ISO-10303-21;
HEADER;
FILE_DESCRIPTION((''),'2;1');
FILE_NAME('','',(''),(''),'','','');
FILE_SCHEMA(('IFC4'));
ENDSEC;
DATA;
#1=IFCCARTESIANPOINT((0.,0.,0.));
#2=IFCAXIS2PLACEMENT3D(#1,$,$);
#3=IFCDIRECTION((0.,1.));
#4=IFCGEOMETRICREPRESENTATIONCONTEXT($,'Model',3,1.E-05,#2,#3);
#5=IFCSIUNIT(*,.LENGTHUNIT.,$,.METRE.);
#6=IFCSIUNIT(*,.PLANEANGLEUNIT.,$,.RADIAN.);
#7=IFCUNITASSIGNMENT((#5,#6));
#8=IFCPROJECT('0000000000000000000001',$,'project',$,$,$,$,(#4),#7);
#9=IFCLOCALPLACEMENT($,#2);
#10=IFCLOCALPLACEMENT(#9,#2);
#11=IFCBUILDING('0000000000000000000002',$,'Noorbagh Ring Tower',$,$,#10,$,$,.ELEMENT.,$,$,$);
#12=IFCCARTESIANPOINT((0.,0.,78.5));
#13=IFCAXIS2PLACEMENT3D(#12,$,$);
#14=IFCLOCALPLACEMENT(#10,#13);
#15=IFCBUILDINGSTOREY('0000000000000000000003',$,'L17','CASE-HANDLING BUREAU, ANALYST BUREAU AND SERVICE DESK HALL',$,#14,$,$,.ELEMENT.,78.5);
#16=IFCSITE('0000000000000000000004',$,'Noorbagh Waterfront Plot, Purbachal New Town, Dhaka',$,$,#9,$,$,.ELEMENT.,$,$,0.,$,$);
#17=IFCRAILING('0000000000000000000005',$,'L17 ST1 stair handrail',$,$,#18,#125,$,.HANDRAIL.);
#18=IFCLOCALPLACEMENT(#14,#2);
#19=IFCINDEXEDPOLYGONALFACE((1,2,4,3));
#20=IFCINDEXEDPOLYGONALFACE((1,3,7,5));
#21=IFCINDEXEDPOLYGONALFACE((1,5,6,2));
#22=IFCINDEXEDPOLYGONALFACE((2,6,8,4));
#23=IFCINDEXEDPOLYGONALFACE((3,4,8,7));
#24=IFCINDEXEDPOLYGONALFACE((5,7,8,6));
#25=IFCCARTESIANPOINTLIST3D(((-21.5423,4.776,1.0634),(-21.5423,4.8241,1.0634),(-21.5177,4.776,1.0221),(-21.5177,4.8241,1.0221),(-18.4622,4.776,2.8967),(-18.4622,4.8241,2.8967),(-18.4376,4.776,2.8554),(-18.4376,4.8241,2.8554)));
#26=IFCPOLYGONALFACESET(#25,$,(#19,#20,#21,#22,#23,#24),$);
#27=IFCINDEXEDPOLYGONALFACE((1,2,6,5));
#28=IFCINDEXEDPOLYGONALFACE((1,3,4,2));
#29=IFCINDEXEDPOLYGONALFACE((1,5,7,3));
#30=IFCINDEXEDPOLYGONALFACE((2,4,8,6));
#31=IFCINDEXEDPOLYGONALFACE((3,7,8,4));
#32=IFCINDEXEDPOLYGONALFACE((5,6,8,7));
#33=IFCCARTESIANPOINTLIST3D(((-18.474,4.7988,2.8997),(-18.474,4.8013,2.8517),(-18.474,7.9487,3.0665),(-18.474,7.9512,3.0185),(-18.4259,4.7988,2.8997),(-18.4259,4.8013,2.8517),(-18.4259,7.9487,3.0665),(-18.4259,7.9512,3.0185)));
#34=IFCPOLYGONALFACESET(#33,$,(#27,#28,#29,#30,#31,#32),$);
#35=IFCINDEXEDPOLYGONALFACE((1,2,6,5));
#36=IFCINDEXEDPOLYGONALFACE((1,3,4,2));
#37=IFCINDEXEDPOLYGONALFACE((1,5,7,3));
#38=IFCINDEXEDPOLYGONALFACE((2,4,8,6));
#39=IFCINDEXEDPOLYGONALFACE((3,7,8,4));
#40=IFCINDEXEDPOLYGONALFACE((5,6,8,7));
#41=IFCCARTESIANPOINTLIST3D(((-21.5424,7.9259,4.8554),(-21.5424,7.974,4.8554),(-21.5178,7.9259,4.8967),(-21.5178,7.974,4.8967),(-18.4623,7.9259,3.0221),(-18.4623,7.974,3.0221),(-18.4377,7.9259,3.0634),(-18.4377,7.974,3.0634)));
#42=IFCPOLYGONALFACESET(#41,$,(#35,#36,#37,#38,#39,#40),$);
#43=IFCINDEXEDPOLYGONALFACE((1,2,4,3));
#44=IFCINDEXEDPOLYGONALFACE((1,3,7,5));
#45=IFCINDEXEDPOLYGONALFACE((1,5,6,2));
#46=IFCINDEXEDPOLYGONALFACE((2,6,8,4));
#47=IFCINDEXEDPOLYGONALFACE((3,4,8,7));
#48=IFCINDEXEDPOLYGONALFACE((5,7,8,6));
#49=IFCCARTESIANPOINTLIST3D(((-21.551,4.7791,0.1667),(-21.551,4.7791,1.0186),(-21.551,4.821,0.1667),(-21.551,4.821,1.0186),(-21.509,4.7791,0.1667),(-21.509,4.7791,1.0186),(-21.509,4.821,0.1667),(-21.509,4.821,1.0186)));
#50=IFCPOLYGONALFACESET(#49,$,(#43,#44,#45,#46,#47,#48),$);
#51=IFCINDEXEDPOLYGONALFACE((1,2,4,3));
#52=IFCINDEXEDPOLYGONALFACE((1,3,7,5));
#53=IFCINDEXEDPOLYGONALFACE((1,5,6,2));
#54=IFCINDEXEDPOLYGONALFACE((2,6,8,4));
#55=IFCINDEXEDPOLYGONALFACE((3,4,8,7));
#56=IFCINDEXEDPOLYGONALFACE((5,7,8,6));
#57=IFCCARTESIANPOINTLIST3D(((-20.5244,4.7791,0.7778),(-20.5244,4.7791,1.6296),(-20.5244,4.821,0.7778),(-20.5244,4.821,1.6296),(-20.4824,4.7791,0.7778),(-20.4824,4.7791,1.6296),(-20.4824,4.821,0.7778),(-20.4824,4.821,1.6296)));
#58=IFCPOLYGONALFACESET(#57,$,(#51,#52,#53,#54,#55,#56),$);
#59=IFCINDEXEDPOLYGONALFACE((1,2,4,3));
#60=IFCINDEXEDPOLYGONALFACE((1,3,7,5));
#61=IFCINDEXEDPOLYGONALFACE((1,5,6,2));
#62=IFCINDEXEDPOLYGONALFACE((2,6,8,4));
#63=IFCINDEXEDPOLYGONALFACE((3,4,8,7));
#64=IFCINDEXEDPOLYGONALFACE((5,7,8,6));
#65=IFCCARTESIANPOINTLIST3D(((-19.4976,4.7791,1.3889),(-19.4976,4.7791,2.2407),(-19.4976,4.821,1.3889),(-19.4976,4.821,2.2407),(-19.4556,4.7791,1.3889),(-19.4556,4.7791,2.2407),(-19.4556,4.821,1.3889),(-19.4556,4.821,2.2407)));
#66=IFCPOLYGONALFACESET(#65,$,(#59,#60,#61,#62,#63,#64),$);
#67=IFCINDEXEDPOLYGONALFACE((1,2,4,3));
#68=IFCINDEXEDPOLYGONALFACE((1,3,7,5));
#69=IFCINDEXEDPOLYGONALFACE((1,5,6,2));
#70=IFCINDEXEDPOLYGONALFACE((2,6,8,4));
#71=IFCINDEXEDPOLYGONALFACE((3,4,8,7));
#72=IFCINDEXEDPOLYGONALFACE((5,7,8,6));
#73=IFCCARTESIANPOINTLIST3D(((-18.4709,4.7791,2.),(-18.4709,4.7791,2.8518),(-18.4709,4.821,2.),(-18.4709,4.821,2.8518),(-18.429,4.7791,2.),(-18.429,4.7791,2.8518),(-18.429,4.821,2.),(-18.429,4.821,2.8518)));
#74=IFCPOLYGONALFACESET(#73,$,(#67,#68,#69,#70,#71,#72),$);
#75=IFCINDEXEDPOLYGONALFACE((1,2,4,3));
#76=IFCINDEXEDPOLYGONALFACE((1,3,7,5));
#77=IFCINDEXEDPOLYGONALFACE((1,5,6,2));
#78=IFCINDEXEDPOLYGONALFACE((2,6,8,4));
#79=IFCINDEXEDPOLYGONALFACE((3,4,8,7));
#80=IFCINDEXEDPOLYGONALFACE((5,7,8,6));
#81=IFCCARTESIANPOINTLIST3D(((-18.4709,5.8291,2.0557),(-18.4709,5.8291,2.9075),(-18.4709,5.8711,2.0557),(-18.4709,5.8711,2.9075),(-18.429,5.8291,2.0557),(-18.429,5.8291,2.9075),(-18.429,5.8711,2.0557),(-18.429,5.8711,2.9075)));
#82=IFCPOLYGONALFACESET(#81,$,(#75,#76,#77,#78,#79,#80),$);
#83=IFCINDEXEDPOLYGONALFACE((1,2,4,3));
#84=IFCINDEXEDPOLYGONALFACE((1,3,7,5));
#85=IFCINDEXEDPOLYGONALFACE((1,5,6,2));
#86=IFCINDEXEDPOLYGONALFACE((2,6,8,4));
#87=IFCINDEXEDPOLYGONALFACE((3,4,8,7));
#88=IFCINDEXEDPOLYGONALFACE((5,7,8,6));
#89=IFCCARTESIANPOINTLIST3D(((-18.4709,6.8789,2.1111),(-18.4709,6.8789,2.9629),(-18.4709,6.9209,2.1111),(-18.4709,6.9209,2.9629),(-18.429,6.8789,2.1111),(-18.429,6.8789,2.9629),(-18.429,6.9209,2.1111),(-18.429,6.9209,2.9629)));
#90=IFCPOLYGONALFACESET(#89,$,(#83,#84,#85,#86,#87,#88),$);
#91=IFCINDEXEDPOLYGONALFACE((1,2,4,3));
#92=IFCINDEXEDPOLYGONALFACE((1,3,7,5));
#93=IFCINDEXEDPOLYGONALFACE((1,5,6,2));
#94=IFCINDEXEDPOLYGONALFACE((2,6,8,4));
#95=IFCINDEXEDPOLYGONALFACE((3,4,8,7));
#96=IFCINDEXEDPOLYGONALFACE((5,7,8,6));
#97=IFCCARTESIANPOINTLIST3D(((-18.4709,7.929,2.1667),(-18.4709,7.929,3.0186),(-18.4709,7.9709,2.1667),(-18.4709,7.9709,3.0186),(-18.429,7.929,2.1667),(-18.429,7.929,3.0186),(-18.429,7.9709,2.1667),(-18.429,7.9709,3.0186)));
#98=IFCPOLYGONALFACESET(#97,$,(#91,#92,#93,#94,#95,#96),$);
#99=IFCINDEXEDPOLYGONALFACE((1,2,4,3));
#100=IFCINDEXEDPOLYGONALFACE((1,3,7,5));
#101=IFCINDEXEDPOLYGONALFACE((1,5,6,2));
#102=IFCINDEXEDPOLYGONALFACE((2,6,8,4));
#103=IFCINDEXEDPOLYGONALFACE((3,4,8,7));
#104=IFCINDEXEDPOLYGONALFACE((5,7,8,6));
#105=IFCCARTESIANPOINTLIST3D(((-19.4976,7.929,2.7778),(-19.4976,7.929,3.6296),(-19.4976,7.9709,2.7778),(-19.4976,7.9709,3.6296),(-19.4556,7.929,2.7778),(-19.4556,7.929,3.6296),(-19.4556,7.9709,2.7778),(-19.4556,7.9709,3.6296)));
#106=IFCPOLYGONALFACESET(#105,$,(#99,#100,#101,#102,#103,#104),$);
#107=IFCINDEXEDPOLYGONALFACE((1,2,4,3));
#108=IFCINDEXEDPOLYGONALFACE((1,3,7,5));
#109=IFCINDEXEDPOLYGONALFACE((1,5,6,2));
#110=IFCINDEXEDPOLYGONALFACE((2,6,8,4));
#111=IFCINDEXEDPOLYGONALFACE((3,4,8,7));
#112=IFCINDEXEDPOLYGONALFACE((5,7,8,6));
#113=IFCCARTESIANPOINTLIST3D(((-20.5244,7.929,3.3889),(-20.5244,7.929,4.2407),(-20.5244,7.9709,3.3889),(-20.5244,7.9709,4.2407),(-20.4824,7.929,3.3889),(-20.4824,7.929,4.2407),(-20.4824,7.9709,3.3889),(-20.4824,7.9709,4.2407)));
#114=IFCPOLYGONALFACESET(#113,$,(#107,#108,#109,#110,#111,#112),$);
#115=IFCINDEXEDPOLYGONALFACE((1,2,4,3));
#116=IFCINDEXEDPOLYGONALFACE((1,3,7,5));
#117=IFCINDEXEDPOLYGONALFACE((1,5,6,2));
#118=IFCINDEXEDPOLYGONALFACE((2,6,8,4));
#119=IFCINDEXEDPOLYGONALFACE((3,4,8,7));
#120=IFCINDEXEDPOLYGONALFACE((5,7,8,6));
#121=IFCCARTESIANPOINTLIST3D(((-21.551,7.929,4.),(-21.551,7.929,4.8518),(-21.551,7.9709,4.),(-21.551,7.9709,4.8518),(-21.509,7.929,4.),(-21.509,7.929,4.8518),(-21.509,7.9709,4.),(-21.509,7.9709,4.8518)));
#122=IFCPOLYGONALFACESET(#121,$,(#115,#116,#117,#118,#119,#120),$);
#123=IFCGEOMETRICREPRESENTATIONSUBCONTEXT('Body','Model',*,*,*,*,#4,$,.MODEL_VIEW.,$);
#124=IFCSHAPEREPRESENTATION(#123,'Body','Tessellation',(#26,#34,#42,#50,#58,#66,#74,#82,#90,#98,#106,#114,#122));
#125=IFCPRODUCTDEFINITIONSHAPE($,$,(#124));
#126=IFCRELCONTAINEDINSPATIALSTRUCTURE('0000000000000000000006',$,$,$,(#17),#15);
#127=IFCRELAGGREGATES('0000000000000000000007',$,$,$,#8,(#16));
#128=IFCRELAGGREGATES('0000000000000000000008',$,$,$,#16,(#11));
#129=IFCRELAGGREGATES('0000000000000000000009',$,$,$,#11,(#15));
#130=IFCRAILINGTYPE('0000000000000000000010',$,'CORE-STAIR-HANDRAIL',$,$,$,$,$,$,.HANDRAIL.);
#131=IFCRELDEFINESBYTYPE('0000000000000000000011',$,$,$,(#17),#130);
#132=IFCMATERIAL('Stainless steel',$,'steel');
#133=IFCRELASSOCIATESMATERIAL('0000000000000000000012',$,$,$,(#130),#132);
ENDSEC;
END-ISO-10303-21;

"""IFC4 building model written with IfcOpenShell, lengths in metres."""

from ifc_helpers import new_model, si_unit, direction, frame, origin, origin_2d, place, context, subcontext, project, spatial, rectangle, extrude, material, type_object, element, save


model = new_model("IFC4")

# Units and contexts
model_context = context("Model", 3, precision=1e-05, world=origin(), true_north=direction((0.0, 1.0)))
body_context = subcontext(model_context, "Body", "Model", "MODEL_VIEW")
ifc_project = project(units=[si_unit("LENGTHUNIT", "METRE"), si_unit("PLANEANGLEUNIT", "RADIAN")], contexts=[model_context])

# Site, building, storey
site_placement = place(None, origin())
site = spatial("IfcSite", under=ifc_project, at=site_placement, Name="Noorbagh Waterfront Plot, Purbachal New Town, Dhaka", CompositionType="ELEMENT", RefElevation=0.0)
building_placement = place(site_placement, origin())
building = spatial("IfcBuilding", under=site, at=building_placement, Name="Noorbagh Ring Tower", CompositionType="ELEMENT")
storey_placement = place(building_placement, frame((0.0, 0.0, 78.5)))
storey = spatial("IfcBuildingStorey", under=building, at=storey_placement, Name="L17", Description="CASE-HANDLING BUREAU, ANALYST BUREAU AND SERVICE DESK HALL", CompositionType="ELEMENT", Elevation=78.5)

# Railing
ifc_material_1 = material(Name="Stainless steel", Category="steel")
railing_type_1 = type_object("IfcRailingType", Name="CORE-STAIR-HANDRAIL", PredefinedType="HANDRAIL", material=ifc_material_1)
railing_1_placement = place(storey_placement, frame((-21.53, 4.8, 0.1667)))
element("IfcRailing", 1, at=railing_1_placement, inside=storey, type_object=railing_type_1, Name="L17 ST1 stair handrail", PredefinedType="HANDRAIL", context=body_context, shape_type="SweptSolid", body=[
    extrude(rectangle(XDim=0.0481, YDim=0.0481, at=origin_2d()), frame((0.0, 0.0, 0.876), z_axis=(0.859309, 0.0, 0.511458), x_axis=(0.0, 1.0, 0.0)), (0.0, 0.0, 1.0), 3.5845),
    extrude(rectangle(XDim=0.0481, YDim=0.0481, at=origin_2d()), frame((3.0801, 0.0, 2.709), z_axis=(0.0, 0.998602, 0.052864), x_axis=(-1.0, 0.0, 0.0)), (0.0, 0.0, 1.0), 3.1543),
    extrude(rectangle(XDim=0.0481, YDim=0.0481, at=origin_2d()), frame((3.0801, 3.1499, 2.876), z_axis=(-0.859309, 0.0, 0.511458), x_axis=(0.0, -1.0, 0.0)), (0.0, 0.0, 1.0), 3.5845),
    extrude(rectangle(XDim=0.042, YDim=0.042, at=origin_2d()), origin(), (0.0, 0.0, 1.0), 0.8518),
    extrude(rectangle(XDim=0.042, YDim=0.042, at=origin_2d()), frame((1.0266, 0.0, 0.6111)), (0.0, 0.0, 1.0), 0.8518),
    extrude(rectangle(XDim=0.042, YDim=0.042, at=origin_2d()), frame((2.0535, 0.0, 1.2222)), (0.0, 0.0, 1.0), 0.8518),
    extrude(rectangle(XDim=0.042, YDim=0.042, at=origin_2d()), frame((3.0801, 0.0, 1.8333)), (0.0, 0.0, 1.0), 0.8518),
    extrude(rectangle(XDim=0.042, YDim=0.042, at=origin_2d()), frame((3.0801, 1.05, 1.8889)), (0.0, 0.0, 1.0), 0.8518),
    extrude(rectangle(XDim=0.042, YDim=0.042, at=origin_2d()), frame((3.0801, 2.0999, 1.9443)), (0.0, 0.0, 1.0), 0.8518),
    extrude(rectangle(XDim=0.042, YDim=0.042, at=origin_2d()), frame((3.0801, 3.1499, 2.0)), (0.0, 0.0, 1.0), 0.8518),
    extrude(rectangle(XDim=0.042, YDim=0.042, at=origin_2d()), frame((2.0535, 3.1499, 2.6111)), (0.0, 0.0, 1.0), 0.8518),
    extrude(rectangle(XDim=0.042, YDim=0.042, at=origin_2d()), frame((1.0266, 3.1499, 3.2222)), (0.0, 0.0, 1.0), 0.8518),
    extrude(rectangle(XDim=0.042, YDim=0.042, at=origin_2d()), frame((0.0, 3.1499, 3.8333)), (0.0, 0.0, 1.0), 0.8518),
])

save(model, "model.ifc")
